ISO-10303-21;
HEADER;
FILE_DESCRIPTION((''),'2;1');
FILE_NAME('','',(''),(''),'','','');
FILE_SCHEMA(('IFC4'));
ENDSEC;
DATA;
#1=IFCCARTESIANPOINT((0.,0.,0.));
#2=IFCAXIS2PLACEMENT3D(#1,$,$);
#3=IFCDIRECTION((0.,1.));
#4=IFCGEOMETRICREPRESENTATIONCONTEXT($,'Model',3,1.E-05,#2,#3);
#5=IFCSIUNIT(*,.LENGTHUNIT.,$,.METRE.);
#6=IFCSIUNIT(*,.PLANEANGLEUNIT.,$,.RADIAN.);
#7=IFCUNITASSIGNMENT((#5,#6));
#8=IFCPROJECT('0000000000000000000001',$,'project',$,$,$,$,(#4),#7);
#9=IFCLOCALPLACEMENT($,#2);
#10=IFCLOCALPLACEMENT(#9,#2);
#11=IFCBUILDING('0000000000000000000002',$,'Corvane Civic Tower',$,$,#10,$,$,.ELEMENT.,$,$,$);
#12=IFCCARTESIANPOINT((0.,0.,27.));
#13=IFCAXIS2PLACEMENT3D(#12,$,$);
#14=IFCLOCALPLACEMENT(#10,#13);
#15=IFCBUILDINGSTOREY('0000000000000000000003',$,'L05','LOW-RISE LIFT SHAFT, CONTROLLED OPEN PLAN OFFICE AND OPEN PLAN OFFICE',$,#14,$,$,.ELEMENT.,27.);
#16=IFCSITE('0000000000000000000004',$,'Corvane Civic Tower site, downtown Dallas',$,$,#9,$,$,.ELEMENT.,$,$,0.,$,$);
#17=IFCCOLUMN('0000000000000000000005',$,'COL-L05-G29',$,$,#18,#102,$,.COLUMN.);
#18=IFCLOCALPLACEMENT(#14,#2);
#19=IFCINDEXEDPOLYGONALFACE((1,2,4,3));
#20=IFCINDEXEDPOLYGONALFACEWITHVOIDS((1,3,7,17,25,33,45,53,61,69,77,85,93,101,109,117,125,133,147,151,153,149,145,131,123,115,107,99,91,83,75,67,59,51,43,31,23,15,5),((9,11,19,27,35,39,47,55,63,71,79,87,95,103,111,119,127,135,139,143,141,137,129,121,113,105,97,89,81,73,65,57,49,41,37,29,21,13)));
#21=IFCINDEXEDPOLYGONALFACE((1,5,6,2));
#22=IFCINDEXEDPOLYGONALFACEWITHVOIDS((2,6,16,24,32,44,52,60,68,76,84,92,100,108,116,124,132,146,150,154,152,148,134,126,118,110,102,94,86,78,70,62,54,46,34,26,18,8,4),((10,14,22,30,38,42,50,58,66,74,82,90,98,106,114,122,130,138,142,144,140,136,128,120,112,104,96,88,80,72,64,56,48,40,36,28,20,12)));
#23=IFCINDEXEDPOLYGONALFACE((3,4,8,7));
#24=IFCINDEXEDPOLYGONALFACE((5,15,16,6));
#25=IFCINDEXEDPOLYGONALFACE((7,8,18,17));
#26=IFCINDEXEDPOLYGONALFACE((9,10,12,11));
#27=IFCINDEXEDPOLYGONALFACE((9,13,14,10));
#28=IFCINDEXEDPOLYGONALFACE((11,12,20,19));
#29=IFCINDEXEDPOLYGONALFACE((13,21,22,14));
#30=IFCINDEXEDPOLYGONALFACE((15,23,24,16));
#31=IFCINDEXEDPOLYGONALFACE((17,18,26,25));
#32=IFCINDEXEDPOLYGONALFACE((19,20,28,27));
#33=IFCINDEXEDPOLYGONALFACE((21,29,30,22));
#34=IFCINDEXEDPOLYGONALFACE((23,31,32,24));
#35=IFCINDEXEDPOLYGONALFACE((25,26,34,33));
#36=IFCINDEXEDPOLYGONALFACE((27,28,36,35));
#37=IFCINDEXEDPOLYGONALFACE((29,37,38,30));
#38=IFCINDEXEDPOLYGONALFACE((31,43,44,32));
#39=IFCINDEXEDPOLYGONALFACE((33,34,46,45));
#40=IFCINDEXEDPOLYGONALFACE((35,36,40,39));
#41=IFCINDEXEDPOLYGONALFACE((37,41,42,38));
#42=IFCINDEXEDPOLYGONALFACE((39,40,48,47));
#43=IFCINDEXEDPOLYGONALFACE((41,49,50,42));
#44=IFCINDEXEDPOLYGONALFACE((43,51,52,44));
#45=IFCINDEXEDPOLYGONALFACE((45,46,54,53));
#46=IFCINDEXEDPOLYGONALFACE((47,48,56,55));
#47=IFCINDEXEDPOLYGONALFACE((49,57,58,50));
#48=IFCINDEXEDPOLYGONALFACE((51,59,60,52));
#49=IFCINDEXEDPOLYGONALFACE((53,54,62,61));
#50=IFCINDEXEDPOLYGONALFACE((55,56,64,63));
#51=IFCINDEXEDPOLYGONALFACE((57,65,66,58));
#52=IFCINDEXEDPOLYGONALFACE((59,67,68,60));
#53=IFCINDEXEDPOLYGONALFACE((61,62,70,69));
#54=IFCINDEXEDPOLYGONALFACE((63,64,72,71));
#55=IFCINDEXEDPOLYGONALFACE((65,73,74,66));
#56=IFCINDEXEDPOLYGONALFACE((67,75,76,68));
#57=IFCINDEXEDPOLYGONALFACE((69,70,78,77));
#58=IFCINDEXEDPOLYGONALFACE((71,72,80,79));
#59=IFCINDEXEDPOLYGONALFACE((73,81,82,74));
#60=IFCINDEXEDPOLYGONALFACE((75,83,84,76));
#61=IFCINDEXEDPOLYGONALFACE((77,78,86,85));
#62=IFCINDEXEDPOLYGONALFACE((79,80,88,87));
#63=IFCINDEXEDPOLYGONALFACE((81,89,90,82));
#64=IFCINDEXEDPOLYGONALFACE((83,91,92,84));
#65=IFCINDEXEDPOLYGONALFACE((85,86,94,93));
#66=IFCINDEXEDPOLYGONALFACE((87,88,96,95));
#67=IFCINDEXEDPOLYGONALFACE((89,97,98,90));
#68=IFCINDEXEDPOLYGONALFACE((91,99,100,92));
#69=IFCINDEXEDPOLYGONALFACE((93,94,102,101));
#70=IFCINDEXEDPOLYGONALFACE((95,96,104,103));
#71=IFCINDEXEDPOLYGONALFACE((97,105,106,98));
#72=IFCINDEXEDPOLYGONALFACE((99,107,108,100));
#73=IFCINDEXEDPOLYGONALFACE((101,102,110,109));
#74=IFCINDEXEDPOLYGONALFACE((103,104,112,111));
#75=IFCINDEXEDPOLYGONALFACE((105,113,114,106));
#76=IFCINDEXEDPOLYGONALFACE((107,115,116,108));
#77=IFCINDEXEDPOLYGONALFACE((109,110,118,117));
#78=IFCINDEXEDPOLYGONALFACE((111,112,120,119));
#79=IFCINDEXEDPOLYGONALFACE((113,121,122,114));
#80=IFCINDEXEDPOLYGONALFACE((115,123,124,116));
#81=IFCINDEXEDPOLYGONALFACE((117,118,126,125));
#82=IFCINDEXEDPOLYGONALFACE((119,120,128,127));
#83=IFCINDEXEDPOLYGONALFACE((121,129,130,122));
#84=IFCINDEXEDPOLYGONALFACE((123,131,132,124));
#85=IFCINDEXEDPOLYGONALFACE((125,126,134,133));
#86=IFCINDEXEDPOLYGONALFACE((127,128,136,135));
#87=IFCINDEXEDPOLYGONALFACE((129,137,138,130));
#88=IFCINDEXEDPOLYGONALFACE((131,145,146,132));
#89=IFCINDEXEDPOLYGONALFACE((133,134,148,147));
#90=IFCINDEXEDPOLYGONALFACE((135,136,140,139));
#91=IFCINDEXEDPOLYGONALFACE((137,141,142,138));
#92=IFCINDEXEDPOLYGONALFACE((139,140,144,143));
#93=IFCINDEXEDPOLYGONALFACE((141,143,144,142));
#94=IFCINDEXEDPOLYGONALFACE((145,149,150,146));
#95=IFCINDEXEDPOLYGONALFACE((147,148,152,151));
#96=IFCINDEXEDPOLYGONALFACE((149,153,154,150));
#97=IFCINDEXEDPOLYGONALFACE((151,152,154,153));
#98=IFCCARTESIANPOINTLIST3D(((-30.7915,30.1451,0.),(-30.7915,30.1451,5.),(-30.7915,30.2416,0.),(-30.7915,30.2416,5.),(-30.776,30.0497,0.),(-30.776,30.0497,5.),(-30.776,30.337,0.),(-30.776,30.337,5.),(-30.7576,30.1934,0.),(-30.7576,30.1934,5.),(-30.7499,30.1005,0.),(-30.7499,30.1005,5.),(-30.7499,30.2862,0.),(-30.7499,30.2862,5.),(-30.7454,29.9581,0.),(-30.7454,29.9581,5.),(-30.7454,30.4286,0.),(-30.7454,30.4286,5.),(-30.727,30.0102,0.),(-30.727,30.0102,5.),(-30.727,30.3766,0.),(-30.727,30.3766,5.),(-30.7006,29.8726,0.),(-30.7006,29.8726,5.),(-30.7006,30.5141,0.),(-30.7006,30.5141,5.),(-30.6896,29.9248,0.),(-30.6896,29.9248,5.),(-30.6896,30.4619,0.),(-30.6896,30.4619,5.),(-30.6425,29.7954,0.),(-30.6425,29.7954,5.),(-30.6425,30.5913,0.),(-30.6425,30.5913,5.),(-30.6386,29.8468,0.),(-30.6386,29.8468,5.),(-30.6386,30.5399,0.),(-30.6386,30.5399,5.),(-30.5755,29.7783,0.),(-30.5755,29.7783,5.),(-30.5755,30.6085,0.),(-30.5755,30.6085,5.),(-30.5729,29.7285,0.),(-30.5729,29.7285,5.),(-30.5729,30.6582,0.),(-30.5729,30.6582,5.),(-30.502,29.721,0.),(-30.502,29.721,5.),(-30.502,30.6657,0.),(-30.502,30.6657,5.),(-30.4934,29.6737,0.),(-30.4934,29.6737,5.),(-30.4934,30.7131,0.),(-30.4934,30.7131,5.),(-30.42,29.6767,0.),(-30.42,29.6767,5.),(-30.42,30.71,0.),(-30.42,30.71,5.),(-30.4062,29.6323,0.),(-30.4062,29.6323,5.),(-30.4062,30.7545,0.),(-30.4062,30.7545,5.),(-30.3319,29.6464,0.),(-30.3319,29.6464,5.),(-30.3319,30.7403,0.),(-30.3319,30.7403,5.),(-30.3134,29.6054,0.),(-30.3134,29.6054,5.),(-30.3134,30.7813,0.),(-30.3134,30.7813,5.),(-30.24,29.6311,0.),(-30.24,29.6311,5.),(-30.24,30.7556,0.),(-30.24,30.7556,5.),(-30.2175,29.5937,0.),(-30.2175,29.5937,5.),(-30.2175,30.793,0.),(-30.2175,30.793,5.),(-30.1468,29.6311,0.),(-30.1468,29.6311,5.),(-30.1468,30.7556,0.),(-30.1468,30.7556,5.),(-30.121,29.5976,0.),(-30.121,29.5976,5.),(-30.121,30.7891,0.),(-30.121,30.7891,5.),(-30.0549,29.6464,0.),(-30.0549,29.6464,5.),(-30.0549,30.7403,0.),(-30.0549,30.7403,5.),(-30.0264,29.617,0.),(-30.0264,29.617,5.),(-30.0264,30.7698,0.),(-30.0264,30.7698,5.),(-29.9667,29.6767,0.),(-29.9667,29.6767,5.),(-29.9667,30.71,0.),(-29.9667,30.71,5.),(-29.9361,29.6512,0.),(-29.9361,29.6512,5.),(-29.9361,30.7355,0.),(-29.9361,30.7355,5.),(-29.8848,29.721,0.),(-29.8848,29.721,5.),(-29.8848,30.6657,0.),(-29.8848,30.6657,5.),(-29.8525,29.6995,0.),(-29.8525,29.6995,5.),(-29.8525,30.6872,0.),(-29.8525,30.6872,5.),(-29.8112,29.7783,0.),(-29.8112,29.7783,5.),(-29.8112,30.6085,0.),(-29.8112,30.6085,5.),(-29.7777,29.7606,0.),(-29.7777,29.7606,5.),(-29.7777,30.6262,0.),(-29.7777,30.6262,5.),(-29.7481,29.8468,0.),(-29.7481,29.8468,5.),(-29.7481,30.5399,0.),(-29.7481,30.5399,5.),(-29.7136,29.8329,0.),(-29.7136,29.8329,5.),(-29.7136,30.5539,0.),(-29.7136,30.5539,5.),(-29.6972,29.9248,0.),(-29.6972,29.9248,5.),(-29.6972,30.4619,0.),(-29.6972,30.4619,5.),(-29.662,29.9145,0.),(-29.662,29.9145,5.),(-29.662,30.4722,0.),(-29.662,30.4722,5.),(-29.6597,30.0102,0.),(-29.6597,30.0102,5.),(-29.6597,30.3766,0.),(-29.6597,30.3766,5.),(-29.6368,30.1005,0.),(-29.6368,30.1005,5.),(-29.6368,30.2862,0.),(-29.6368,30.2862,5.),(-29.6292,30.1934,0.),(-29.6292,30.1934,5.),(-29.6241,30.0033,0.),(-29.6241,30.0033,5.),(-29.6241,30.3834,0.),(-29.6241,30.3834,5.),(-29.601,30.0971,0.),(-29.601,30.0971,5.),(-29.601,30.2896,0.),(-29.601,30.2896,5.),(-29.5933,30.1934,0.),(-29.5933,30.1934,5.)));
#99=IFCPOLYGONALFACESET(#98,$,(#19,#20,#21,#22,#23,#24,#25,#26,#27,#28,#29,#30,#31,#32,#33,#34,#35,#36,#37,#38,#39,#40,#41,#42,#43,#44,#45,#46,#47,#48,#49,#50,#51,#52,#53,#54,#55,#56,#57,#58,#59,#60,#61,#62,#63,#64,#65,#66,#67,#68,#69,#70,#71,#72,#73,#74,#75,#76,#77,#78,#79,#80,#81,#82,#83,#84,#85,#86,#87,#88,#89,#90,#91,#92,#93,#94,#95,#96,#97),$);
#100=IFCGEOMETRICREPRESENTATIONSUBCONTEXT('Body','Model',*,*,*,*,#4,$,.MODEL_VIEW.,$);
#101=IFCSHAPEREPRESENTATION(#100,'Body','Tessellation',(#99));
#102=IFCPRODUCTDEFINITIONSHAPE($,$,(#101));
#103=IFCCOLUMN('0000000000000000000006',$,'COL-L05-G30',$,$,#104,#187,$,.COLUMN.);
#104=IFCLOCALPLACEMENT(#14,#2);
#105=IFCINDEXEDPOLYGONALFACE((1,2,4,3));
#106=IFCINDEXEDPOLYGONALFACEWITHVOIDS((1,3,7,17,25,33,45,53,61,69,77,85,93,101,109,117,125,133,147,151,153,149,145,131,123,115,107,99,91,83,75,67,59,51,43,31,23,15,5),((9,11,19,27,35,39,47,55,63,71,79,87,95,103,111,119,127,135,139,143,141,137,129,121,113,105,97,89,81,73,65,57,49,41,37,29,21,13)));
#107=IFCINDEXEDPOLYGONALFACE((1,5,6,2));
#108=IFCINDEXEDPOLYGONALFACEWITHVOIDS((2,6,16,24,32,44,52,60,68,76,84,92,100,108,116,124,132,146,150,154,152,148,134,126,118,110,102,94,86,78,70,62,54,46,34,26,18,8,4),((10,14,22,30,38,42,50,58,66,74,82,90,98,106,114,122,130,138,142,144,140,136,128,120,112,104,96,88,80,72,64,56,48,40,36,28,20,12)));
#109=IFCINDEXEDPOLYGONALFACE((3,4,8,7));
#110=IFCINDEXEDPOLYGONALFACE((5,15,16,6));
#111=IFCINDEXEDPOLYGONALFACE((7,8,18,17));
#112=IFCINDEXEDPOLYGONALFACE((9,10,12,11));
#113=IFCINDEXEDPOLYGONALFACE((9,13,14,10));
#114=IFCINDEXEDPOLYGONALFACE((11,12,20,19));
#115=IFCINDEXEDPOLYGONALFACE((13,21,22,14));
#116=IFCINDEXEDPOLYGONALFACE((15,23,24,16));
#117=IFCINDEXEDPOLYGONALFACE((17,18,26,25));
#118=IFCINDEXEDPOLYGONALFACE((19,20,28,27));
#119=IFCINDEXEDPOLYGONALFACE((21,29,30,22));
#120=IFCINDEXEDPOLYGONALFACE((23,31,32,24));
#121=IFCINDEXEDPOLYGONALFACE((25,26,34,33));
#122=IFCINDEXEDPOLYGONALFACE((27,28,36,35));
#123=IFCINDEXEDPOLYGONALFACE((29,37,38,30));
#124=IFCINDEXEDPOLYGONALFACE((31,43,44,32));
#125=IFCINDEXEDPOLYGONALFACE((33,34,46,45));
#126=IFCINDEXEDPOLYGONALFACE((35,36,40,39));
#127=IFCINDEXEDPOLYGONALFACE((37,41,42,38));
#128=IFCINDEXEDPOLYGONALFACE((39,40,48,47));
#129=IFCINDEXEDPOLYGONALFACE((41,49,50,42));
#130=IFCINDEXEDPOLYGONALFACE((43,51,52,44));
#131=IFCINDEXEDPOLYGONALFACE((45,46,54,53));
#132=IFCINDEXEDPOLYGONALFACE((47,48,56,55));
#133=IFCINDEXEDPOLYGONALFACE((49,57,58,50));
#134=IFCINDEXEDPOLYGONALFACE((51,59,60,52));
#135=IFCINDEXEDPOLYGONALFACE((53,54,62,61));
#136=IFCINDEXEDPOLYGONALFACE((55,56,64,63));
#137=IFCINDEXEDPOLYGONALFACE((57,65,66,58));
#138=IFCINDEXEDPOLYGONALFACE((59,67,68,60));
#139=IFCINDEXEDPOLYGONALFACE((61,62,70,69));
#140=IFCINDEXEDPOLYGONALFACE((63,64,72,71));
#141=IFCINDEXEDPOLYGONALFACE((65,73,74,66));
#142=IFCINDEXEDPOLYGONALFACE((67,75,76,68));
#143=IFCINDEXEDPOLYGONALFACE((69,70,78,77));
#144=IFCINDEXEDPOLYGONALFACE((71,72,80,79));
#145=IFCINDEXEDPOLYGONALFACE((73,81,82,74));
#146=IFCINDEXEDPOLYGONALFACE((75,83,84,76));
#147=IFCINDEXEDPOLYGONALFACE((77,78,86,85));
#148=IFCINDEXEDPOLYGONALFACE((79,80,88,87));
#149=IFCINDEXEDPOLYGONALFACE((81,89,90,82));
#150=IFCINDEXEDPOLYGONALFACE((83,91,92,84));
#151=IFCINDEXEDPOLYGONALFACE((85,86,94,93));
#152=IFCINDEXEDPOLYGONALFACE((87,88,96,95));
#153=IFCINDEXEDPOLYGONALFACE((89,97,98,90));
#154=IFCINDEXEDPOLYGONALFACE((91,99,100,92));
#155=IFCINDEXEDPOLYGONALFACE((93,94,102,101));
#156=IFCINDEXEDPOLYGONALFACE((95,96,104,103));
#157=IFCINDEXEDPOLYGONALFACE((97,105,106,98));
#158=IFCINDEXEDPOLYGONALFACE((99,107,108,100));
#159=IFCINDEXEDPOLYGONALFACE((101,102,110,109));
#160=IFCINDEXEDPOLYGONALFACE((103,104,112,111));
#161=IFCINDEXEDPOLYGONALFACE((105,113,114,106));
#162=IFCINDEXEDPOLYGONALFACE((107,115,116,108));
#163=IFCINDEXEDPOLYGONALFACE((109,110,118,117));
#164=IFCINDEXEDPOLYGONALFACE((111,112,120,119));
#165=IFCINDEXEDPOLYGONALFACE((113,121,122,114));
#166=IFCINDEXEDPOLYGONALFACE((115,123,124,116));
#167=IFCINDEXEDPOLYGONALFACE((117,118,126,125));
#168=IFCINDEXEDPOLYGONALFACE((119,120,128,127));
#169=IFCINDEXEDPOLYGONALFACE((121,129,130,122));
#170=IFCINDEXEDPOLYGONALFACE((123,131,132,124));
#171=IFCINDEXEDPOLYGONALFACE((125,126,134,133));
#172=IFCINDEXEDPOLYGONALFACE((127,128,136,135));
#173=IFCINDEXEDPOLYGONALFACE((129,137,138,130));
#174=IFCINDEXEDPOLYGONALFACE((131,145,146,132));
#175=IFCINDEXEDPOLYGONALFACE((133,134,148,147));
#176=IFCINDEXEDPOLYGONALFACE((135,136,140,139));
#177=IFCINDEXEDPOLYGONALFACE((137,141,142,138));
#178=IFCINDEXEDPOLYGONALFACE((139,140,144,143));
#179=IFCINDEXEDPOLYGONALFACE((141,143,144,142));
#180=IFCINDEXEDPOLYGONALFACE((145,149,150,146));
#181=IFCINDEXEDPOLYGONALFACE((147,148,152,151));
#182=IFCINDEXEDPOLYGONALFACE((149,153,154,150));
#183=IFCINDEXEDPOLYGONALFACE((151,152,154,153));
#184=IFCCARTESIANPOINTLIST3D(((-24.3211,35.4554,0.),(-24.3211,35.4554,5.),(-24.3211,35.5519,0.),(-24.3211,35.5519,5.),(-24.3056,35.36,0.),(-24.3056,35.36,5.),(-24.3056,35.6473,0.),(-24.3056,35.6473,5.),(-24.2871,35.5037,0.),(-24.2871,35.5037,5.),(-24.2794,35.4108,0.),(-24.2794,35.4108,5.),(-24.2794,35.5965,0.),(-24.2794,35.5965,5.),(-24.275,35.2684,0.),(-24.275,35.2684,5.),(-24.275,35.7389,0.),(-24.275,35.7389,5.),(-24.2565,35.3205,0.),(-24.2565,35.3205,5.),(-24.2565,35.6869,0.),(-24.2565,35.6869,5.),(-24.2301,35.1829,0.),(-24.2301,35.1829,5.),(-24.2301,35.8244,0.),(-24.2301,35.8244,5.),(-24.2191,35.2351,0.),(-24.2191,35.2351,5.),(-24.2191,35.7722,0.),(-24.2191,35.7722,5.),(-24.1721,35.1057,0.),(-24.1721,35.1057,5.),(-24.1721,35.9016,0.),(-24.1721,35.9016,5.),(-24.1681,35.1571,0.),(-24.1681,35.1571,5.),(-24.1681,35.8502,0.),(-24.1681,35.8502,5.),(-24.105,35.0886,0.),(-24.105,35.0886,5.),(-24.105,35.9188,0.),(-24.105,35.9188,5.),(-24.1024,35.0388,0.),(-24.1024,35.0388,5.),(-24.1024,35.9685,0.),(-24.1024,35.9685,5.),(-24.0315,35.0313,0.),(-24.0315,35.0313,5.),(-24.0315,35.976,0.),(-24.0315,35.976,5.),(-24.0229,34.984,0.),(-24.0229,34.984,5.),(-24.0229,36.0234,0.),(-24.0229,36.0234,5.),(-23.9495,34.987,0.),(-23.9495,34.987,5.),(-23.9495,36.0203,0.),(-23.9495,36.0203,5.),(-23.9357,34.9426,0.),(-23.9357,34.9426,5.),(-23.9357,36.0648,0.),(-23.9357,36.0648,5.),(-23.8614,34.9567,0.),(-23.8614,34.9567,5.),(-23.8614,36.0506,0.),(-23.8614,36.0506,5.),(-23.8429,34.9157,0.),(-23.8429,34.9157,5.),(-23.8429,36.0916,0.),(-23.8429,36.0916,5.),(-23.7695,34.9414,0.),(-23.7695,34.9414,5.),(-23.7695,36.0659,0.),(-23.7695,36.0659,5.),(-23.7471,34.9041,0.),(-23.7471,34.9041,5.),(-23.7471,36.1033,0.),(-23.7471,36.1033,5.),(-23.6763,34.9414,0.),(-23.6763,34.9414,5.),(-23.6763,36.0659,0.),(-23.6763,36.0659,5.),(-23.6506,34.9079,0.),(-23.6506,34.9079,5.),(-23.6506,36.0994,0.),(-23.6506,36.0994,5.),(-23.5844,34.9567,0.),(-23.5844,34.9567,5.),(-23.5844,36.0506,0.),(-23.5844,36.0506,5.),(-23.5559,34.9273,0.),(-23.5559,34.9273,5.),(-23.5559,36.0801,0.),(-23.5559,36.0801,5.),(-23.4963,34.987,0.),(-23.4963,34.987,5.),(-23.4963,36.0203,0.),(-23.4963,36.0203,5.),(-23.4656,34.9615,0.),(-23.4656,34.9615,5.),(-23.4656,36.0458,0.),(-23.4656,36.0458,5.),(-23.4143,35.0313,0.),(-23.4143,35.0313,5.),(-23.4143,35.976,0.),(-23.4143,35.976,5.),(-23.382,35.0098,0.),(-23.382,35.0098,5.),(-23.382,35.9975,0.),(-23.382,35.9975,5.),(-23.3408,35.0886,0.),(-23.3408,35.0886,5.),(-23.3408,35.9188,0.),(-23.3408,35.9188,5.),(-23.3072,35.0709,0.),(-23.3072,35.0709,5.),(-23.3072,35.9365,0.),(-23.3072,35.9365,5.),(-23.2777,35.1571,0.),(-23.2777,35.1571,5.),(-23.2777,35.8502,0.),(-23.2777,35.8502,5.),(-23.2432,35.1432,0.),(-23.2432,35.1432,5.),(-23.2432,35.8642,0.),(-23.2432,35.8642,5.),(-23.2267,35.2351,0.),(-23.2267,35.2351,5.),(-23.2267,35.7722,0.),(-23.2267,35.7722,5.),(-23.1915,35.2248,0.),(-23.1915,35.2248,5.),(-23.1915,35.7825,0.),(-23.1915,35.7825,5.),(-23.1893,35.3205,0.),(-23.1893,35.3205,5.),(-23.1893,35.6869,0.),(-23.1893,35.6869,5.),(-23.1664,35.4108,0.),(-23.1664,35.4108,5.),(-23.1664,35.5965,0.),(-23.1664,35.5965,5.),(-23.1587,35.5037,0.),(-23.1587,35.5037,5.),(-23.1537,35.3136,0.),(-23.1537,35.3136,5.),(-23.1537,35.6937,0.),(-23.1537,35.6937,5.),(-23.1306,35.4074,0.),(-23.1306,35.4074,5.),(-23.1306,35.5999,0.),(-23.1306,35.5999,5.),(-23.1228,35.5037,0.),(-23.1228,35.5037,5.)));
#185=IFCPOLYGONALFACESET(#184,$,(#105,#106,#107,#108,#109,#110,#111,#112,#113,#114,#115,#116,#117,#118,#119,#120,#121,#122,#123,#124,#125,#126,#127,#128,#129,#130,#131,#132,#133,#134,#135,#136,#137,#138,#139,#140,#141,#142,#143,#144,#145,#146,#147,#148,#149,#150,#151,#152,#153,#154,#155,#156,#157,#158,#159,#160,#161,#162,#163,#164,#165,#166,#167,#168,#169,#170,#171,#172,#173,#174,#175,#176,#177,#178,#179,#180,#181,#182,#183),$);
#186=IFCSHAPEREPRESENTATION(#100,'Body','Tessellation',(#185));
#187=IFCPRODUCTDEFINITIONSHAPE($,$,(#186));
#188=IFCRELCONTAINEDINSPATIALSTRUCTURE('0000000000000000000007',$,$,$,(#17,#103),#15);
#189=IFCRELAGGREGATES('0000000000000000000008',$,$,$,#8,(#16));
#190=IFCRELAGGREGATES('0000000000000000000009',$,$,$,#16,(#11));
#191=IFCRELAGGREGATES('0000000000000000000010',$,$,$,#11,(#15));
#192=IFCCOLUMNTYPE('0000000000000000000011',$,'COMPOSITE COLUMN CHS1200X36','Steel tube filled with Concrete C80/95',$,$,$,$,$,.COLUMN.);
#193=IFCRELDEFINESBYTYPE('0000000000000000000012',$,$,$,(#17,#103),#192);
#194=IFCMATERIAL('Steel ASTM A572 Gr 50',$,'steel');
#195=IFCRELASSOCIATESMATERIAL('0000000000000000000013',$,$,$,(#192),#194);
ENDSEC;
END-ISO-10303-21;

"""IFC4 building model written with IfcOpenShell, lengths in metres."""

from ifc_helpers import new_model, si_unit, direction, frame, origin, origin_2d, place, context, subcontext, project, spatial, hollow_circle, extrude, material, material_profile, profile_set, type_object, element, save


model = new_model("IFC4")

# Units and contexts
model_context = context("Model", 3, precision=1e-05, world=origin(), true_north=direction((0.0, 1.0)))
body_context = subcontext(model_context, "Body", "Model", "MODEL_VIEW")
ifc_project = project(units=[si_unit("LENGTHUNIT", "METRE"), si_unit("PLANEANGLEUNIT", "RADIAN")], contexts=[model_context])

# Site, building, storey
site_placement = place(None, origin())
site = spatial("IfcSite", under=ifc_project, at=site_placement, Name="Corvane Civic Tower site, downtown Dallas", CompositionType="ELEMENT", RefElevation=0.0)
building_placement = place(site_placement, origin())
building = spatial("IfcBuilding", under=site, at=building_placement, Name="Corvane Civic Tower", CompositionType="ELEMENT")
storey_placement = place(building_placement, frame((0.0, 0.0, 27.0)))
storey = spatial("IfcBuildingStorey", under=building, at=storey_placement, Name="L05", Description="LOW-RISE LIFT SHAFT, CONTROLLED OPEN PLAN OFFICE AND OPEN PLAN OFFICE", CompositionType="ELEMENT", Elevation=27.0)

# Columns
ifc_material_1 = material(Name="Steel ASTM A572 Gr 50", Category="steel")
ifc_material_profile_1 = material_profile(ifc_material_1, hollow_circle(Radius=0.6001, WallThickness=0.0359, at=origin_2d()), Name="CHS1200X36")
ifc_profile_set_1 = profile_set([ifc_material_profile_1], Name="Steel ASTM A572 Gr 50")
column_type_1 = type_object("IfcColumnType", Name="COMPOSITE COLUMN CHS1200X36", Description="Steel tube filled with Concrete C80/95", PredefinedType="COLUMN", material=ifc_profile_set_1)
for number, where, z_axis, x_axis, name in (
    (1, (-30.1934, 30.1934, 0.0), (0.0, 0.0, 1.0), (1.0, 0.0, 0.0), "COL-L05-G29"),
    (2, (-23.7229, 35.5037, 0.0), (0.0, 0.0, 1.0), (1.0, 0.0, 0.0), "COL-L05-G30"),
):
    element("IfcColumn", number, at=place(storey_placement, frame(where, z_axis=z_axis, x_axis=x_axis)), inside=storey, type_object=column_type_1, Name=name, PredefinedType="COLUMN", context=body_context, shape_type="SweptSolid", body=[
        extrude(hollow_circle(Radius=0.6001, WallThickness=0.0359, at=origin_2d()), origin(), (0.0, 0.0, 1.0), 5.0),
    ])

save(model, "model.ifc")
